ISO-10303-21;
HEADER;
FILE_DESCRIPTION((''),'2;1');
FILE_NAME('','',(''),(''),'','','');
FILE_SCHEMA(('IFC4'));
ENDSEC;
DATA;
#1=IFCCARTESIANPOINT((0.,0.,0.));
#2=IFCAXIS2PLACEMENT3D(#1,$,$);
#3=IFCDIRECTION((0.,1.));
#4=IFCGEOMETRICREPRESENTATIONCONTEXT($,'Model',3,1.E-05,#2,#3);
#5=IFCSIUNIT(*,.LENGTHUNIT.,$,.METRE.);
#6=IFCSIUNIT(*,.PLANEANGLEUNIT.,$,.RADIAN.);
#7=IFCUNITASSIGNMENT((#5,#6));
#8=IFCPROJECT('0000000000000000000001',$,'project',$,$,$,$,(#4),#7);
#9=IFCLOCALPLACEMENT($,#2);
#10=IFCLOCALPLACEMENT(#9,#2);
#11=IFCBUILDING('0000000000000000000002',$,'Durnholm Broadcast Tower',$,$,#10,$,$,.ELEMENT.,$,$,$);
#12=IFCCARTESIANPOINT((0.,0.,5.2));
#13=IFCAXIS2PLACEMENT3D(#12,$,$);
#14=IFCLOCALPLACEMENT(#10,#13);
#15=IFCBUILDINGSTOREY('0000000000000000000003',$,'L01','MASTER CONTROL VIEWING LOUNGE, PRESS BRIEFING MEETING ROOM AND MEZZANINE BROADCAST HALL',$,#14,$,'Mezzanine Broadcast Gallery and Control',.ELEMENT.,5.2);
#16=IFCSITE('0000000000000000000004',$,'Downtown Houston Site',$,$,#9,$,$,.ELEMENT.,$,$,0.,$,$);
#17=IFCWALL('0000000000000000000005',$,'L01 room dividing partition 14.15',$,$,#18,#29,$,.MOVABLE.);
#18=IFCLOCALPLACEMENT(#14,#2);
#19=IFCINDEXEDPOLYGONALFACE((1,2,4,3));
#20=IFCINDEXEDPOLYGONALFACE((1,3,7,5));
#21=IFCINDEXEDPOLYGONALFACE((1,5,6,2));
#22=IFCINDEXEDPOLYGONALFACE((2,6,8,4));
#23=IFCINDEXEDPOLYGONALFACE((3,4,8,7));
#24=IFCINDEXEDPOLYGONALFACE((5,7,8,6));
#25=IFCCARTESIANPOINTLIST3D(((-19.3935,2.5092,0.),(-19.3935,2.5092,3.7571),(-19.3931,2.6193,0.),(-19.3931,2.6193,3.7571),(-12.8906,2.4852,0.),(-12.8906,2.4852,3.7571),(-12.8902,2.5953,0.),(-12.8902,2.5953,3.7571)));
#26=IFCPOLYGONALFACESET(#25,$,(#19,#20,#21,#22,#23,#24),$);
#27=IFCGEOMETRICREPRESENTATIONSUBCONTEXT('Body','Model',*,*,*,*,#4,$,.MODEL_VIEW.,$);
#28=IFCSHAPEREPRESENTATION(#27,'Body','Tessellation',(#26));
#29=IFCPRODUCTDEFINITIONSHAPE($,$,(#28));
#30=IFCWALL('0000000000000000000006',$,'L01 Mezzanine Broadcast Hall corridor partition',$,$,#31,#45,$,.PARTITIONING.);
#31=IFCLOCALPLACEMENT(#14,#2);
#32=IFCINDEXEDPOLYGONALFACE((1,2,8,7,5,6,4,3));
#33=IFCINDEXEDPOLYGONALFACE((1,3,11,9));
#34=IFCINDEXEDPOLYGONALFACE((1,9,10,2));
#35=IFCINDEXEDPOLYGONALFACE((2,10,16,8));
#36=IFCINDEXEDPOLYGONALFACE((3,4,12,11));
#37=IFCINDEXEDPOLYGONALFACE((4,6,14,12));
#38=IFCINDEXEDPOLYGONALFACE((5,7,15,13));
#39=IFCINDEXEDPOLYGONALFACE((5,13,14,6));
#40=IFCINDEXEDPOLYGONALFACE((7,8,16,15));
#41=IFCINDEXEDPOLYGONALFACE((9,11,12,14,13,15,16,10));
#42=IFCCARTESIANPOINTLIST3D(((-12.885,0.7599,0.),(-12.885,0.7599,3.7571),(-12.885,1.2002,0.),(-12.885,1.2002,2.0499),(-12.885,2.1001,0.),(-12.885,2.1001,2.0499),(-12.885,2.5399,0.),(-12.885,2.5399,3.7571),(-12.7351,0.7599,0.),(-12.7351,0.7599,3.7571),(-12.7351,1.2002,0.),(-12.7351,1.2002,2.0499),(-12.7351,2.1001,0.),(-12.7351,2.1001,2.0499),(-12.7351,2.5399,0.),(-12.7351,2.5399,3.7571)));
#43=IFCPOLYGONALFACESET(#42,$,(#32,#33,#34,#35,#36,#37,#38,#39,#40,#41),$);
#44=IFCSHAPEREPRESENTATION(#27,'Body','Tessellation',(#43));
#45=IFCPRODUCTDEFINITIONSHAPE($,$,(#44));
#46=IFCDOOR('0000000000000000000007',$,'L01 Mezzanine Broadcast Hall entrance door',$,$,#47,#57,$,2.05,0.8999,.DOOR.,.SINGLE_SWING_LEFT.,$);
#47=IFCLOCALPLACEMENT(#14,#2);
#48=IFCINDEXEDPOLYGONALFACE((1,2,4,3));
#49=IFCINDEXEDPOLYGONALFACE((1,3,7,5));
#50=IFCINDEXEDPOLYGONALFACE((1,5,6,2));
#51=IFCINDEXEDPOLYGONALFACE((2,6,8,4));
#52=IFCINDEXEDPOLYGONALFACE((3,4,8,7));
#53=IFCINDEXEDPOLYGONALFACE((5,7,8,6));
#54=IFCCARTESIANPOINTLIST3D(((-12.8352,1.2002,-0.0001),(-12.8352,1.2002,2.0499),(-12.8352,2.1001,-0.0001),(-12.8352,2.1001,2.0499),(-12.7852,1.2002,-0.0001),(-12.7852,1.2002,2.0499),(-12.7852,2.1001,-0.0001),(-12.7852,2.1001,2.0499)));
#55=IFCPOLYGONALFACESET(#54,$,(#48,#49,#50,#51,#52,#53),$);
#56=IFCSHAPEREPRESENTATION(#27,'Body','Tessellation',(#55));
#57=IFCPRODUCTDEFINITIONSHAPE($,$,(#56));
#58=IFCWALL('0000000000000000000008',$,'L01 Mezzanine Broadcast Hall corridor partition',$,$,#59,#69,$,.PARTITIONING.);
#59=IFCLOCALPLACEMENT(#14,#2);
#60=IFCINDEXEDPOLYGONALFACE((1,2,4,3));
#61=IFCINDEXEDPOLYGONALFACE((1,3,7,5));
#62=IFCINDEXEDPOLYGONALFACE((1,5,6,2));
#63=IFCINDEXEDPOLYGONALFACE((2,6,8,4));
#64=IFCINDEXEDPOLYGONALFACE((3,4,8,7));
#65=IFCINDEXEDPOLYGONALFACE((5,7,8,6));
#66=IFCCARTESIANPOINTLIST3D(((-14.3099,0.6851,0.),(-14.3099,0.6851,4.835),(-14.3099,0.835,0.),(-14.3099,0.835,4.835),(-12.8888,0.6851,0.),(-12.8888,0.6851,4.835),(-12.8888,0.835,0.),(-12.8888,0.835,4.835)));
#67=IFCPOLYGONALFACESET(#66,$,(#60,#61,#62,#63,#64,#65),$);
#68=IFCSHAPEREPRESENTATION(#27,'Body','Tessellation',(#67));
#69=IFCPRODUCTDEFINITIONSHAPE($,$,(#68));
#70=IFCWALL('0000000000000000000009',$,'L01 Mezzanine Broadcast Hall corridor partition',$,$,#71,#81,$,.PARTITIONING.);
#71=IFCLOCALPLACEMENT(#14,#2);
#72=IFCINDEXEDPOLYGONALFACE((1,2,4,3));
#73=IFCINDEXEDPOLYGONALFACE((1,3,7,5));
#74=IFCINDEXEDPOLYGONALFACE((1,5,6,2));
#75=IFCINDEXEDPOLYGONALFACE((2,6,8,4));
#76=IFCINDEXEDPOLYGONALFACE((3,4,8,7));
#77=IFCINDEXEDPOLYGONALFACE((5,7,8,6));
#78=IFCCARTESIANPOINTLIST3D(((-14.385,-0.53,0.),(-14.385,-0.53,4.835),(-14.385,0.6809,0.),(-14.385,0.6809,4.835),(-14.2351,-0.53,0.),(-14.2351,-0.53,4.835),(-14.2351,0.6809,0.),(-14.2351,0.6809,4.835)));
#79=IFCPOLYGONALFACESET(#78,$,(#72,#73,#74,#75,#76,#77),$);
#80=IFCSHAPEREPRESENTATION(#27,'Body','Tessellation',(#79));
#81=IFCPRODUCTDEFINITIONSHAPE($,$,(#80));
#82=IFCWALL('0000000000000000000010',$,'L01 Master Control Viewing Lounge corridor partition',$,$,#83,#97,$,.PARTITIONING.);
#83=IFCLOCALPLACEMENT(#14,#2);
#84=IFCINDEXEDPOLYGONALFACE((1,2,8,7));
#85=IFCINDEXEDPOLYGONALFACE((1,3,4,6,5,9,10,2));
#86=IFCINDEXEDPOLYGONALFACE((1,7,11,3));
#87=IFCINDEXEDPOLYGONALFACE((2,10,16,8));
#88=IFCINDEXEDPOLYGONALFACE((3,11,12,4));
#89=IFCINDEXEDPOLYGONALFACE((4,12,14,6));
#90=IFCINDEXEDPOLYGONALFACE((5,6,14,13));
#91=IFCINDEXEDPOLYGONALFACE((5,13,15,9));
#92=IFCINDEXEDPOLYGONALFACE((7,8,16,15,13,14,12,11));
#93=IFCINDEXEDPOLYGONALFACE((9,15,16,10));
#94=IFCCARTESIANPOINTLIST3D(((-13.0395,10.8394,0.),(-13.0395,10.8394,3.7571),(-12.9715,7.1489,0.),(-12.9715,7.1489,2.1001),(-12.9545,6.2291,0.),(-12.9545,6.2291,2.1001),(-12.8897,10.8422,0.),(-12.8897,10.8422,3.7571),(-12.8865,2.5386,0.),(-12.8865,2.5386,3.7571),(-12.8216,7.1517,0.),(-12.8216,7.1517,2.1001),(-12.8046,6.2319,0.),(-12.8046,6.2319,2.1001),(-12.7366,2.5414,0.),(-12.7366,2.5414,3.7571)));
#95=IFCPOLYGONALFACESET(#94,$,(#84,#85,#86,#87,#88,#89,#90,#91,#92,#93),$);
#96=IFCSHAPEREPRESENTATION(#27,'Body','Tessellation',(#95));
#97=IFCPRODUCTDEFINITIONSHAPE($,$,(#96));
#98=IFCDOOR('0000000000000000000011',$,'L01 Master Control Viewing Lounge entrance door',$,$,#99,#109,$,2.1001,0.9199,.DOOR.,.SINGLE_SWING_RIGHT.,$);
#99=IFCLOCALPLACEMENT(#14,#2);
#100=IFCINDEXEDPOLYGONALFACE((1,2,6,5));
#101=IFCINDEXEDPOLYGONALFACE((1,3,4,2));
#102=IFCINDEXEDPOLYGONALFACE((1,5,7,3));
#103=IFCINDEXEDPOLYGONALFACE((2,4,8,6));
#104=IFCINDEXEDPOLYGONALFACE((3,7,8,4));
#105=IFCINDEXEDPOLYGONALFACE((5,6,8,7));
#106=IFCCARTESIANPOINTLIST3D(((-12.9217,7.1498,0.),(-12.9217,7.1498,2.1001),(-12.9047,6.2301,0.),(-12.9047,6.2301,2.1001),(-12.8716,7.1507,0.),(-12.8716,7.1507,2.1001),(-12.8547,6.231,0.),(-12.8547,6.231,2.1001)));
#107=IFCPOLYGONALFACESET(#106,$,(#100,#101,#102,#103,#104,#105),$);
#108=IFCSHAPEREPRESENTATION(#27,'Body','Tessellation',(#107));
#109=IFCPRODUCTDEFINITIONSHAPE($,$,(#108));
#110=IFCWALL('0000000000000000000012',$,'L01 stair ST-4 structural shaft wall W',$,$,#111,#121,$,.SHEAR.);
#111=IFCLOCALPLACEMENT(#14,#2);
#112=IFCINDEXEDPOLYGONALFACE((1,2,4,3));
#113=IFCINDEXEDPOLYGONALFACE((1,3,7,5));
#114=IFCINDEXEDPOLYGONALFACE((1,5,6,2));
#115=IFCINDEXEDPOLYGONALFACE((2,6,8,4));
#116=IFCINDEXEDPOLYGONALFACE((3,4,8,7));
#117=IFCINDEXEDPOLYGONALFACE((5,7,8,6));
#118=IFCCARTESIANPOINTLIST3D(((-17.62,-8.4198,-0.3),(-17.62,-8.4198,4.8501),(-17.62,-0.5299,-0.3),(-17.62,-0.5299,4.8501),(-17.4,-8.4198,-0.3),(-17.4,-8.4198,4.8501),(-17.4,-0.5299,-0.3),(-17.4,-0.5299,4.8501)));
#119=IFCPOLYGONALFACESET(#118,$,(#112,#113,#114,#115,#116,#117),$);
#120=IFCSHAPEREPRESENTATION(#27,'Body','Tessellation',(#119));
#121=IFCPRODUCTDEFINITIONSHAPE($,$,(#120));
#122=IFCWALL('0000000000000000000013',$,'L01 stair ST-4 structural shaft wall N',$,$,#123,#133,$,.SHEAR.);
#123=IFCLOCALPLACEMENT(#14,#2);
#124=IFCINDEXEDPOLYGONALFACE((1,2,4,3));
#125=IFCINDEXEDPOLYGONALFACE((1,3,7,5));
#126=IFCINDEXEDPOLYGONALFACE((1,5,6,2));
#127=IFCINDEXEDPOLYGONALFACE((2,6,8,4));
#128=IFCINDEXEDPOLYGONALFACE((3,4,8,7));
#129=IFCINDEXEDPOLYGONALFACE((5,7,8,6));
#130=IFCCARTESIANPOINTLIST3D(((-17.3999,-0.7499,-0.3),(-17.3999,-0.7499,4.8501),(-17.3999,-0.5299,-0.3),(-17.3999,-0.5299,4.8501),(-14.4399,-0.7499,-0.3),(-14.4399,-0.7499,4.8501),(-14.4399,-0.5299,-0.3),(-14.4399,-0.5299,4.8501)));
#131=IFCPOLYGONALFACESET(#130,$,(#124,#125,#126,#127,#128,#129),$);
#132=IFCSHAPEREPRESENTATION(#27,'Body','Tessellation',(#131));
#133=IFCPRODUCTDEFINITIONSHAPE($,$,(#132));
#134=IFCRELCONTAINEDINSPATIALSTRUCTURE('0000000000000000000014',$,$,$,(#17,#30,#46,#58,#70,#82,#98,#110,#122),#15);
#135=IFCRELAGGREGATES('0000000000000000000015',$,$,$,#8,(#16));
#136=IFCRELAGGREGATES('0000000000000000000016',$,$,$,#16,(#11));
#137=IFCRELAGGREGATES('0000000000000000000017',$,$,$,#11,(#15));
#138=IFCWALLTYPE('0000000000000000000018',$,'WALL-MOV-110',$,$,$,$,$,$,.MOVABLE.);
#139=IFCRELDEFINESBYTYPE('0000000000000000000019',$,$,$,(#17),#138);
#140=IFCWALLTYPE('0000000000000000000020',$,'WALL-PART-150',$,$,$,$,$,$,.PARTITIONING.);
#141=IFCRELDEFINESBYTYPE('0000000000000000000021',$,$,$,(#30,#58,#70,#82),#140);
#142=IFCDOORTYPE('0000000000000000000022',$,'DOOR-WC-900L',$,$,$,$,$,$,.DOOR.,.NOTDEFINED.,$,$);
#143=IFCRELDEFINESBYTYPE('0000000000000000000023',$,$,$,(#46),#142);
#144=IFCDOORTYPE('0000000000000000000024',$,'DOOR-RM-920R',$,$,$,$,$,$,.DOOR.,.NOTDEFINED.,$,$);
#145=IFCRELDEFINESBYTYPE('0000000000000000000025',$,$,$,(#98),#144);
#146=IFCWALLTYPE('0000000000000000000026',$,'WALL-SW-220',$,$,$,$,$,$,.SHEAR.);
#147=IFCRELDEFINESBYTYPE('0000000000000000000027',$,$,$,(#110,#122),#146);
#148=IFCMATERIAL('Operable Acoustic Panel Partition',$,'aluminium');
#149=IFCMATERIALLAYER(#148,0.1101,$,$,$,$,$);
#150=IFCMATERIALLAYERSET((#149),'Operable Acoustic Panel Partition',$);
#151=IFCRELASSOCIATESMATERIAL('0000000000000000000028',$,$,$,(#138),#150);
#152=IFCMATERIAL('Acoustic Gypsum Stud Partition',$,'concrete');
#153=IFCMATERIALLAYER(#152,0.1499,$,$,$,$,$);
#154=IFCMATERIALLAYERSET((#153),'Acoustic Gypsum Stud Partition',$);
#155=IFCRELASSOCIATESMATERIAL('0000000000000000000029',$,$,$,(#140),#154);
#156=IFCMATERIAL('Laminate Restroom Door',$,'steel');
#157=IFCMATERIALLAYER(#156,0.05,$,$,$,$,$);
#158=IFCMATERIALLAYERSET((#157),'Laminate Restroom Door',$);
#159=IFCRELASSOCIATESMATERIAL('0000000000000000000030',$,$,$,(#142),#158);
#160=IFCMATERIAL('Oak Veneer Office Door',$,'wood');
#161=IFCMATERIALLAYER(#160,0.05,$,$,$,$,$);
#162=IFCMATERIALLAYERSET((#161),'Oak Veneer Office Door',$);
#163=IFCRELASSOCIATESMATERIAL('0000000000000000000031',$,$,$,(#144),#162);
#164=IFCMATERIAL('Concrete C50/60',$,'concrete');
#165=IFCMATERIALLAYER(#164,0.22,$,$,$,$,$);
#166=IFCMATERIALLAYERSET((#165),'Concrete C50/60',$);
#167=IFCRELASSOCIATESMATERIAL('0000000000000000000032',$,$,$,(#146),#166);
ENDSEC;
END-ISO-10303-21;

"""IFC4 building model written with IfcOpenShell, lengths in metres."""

from ifc_helpers import new_model, si_unit, direction, frame, frame_2d, origin, place, context, subcontext, project, spatial, rectangle, extrude, source, transform, mapped, material, layer, layer_set, type_object, type_shapes, element, fill, save


model = new_model("IFC4")

# Units and contexts
model_context = context("Model", 3, precision=1e-05, world=origin(), true_north=direction((0.0, 1.0)))
body_context = subcontext(model_context, "Body", "Model", "MODEL_VIEW")
ifc_project = project(units=[si_unit("LENGTHUNIT", "METRE"), si_unit("PLANEANGLEUNIT", "RADIAN")], contexts=[model_context])

# Site, building, storey
site_placement = place(None, origin())
site = spatial("IfcSite", under=ifc_project, at=site_placement, Name="Downtown Houston Site", CompositionType="ELEMENT", RefElevation=0.0)
building_placement = place(site_placement, origin())
building = spatial("IfcBuilding", under=site, at=building_placement, Name="Durnholm Broadcast Tower", CompositionType="ELEMENT")
storey_placement = place(building_placement, frame((0.0, 0.0, 5.2)))
storey = spatial("IfcBuildingStorey", under=building, at=storey_placement, Name="L01", Description="MASTER CONTROL VIEWING LOUNGE, PRESS BRIEFING MEETING ROOM AND MEZZANINE BROADCAST HALL", LongName="Mezzanine Broadcast Gallery and Control", CompositionType="ELEMENT", Elevation=5.2)

# Wall
ifc_material_1 = material(Name="Operable Acoustic Panel Partition", Category="aluminium")
ifc_layer_1 = layer(ifc_material_1, 0.1101)
ifc_layer_set_1 = layer_set([ifc_layer_1], Name="Operable Acoustic Panel Partition")
wall_type_1 = type_object("IfcWallType", Name="WALL-MOV-110", PredefinedType="MOVABLE", material=ifc_layer_set_1)
wall_1_placement = place(storey_placement, frame((-19.3933, 2.5642, 0.0), z_axis=(0.0, 0.0, 1.0), x_axis=(0.999993, -0.003679, 0.0)))
element("IfcWall", 1, at=wall_1_placement, inside=storey, type_object=wall_type_1, Name="L01 room dividing partition 14.15", PredefinedType="MOVABLE", context=body_context, shape_type="SweptSolid", body=[
    extrude(rectangle(XDim=6.5029, YDim=0.1101, at=frame_2d((3.2515, 0.0))), origin(), (0.0, 0.0, 1.0), 3.7571),
])

# Wall, opening, door
ifc_material_2 = material(Name="Acoustic Gypsum Stud Partition", Category="concrete")
ifc_layer_2 = layer(ifc_material_2, 0.1499)
ifc_layer_set_2 = layer_set([ifc_layer_2], Name="Acoustic Gypsum Stud Partition")
wall_type_2 = type_object("IfcWallType", Name="WALL-PART-150", PredefinedType="PARTITIONING", material=ifc_layer_set_2)
wall_2_placement = place(storey_placement, frame((-12.8101, 2.54, 0.0), z_axis=(0.0, 0.0, 1.0), x_axis=(0.0, -1.0, 0.0)))
wall_2 = element("IfcWall", 2, at=wall_2_placement, inside=storey, type_object=wall_type_2, Name="L01 Mezzanine Broadcast Hall corridor partition", PredefinedType="PARTITIONING", context=body_context, shape_type="SweptSolid", body=[
    extrude(rectangle(XDim=1.78, YDim=0.1499, at=frame_2d((0.8901, 0.0))), origin(), (0.0, 0.0, 1.0), 3.7571),
])
opening_1_placement = place(wall_2_placement, frame((0.4399, 0.0, 0.0)))
opening_1 = element("IfcOpeningElement", 3, at=opening_1_placement, cuts=wall_2, PredefinedType="OPENING", context=body_context, shape_type="SweptSolid", body=[
    extrude(rectangle(XDim=0.8999, YDim=2.05, at=frame_2d((0.45, 1.0249))), frame((0.0, 0.085, 0.0), z_axis=(0.0, -1.0, 0.0), x_axis=(1.0, 0.0, 0.0)), (0.0, 0.0, 1.0), 0.1699),
])
ifc_material_3 = material(Name="Laminate Restroom Door", Category="steel")
ifc_layer_3 = layer(ifc_material_3, 0.05)
ifc_layer_set_3 = layer_set([ifc_layer_3], Name="Laminate Restroom Door")
door_type_1 = type_object("IfcDoorType", Name="DOOR-WC-900L", OperationType="NOTDEFINED", PredefinedType="DOOR", material=ifc_layer_set_3)
shared_shape_1 = source(origin(), body_context, "Body", "SweptSolid", [
    extrude(rectangle(XDim=0.8999, YDim=2.05, at=frame_2d((0.45, 1.0249))), frame((0.0, 0.0249, 0.0), z_axis=(0.0, -1.0, 0.0), x_axis=(1.0, 0.0, 0.0)), (0.0, 0.0, 1.0), 0.05),
])
type_shapes(door_type_1, [shared_shape_1])
door_1_placement = place(opening_1_placement, origin())
door_1 = element("IfcDoor", 4, at=door_1_placement, inside=storey, type_object=door_type_1, Name="L01 Mezzanine Broadcast Hall entrance door", OperationType="SINGLE_SWING_LEFT", OverallHeight=2.05, OverallWidth=0.8999, PredefinedType="DOOR", context=body_context, shape_type="MappedRepresentation", body=[
    mapped(shared_shape_1, transform((0.0, 0.0, 0.0), x_axis=(1.0, 0.0, 0.0), y_axis=(0.0, 1.0, 0.0), z_axis=(0.0, 0.0, 1.0), scale=1.0)),
])
fill(opening_1, door_1)

# Walls
wall_3_placement = place(storey_placement, frame((-12.8889, 0.76, 0.0), z_axis=(0.0, 0.0, 1.0), x_axis=(-1.0, 0.0, 0.0)))
element("IfcWall", 5, at=wall_3_placement, inside=storey, type_object=wall_type_2, Name="L01 Mezzanine Broadcast Hall corridor partition", PredefinedType="PARTITIONING", context=body_context, shape_type="SweptSolid", body=[
    extrude(rectangle(XDim=1.4211, YDim=0.1499, at=frame_2d((0.7104, 0.0))), origin(), (0.0, 0.0, 1.0), 4.835),
])
wall_4_placement = place(storey_placement, frame((-14.3101, 0.6809, 0.0), z_axis=(0.0, 0.0, 1.0), x_axis=(0.0, -1.0, 0.0)))
element("IfcWall", 6, at=wall_4_placement, inside=storey, type_object=wall_type_2, Name="L01 Mezzanine Broadcast Hall corridor partition", PredefinedType="PARTITIONING", context=body_context, shape_type="SweptSolid", body=[
    extrude(rectangle(XDim=1.2109, YDim=0.1499, at=frame_2d((0.6055, 0.0))), origin(), (0.0, 0.0, 1.0), 4.835),
])

# Wall, opening, door
wall_5_placement = place(storey_placement, frame((-12.9646, 10.8408, 0.0), z_axis=(0.0, 0.0, 1.0), x_axis=(0.018438, -0.99983, 0.0)))
wall_5 = element("IfcWall", 7, at=wall_5_placement, inside=storey, type_object=wall_type_2, Name="L01 Master Control Viewing Lounge corridor partition", PredefinedType="PARTITIONING", context=body_context, shape_type="SweptSolid", body=[
    extrude(rectangle(XDim=8.3022, YDim=0.1499, at=frame_2d((4.1511, 0.0))), origin(), (0.0, 0.0, 1.0), 3.7571),
])
opening_2_placement = place(wall_5_placement, frame((3.6912, 0.0, 0.0)))
opening_2 = element("IfcOpeningElement", 8, at=opening_2_placement, cuts=wall_5, PredefinedType="OPENING", context=body_context, shape_type="SweptSolid", body=[
    extrude(rectangle(XDim=0.9199, YDim=2.1001, at=frame_2d((0.46, 1.05))), frame((0.0, 0.085, 0.0), z_axis=(0.0, -1.0, 0.0), x_axis=(1.0, 0.0, 0.0)), (0.0, 0.0, 1.0), 0.1699),
])
ifc_material_4 = material(Name="Oak Veneer Office Door", Category="wood")
ifc_layer_4 = layer(ifc_material_4, 0.05)
ifc_layer_set_4 = layer_set([ifc_layer_4], Name="Oak Veneer Office Door")
door_type_2 = type_object("IfcDoorType", Name="DOOR-RM-920R", OperationType="NOTDEFINED", PredefinedType="DOOR", material=ifc_layer_set_4)
shared_shape_2 = source(origin(), body_context, "Body", "SweptSolid", [
    extrude(rectangle(XDim=0.9199, YDim=2.1001, at=frame_2d((0.46, 1.05))), frame((0.0, 0.0249, 0.0), z_axis=(0.0, -1.0, 0.0), x_axis=(1.0, 0.0, 0.0)), (0.0, 0.0, 1.0), 0.05),
])
type_shapes(door_type_2, [shared_shape_2])
door_2_placement = place(opening_2_placement, origin())
door_2 = element("IfcDoor", 9, at=door_2_placement, inside=storey, type_object=door_type_2, Name="L01 Master Control Viewing Lounge entrance door", OperationType="SINGLE_SWING_RIGHT", OverallHeight=2.1001, OverallWidth=0.9199, PredefinedType="DOOR", context=body_context, shape_type="MappedRepresentation", body=[
    mapped(shared_shape_2, transform((0.0, 0.0, 0.0), x_axis=(1.0, 0.0, 0.0), y_axis=(0.0, 1.0, 0.0), z_axis=(0.0, 0.0, 1.0), scale=1.0)),
])
fill(opening_2, door_2)

# Walls
ifc_material_5 = material(Name="Concrete C50/60", Category="concrete")
ifc_layer_5 = layer(ifc_material_5, 0.22)
ifc_layer_set_5 = layer_set([ifc_layer_5], Name="Concrete C50/60")
wall_type_3 = type_object("IfcWallType", Name="WALL-SW-220", PredefinedType="SHEAR", material=ifc_layer_set_5)
wall_6_placement = place(storey_placement, frame((-17.51, -0.53, -0.3), z_axis=(0.0, 0.0, 1.0), x_axis=(0.0, -1.0, 0.0)))
element("IfcWall", 10, at=wall_6_placement, inside=storey, type_object=wall_type_3, Name="L01 stair ST-4 structural shaft wall W", PredefinedType="SHEAR", context=body_context, shape_type="SweptSolid", body=[
    extrude(rectangle(XDim=7.8899, YDim=0.22, at=frame_2d((3.9448, 0.0))), origin(), (0.0, 0.0, 1.0), 5.1501),
])
wall_7_placement = place(storey_placement, frame((-14.4399, -0.6399, -0.3), z_axis=(0.0, 0.0, 1.0), x_axis=(-1.0, 0.0, 0.0)))
element("IfcWall", 11, at=wall_7_placement, inside=storey, type_object=wall_type_3, Name="L01 stair ST-4 structural shaft wall N", PredefinedType="SHEAR", context=body_context, shape_type="SweptSolid", body=[
    extrude(rectangle(XDim=2.96, YDim=0.22, at=frame_2d((1.48, 0.0))), origin(), (0.0, 0.0, 1.0), 5.1501),
])

save(model, "model.ifc")
